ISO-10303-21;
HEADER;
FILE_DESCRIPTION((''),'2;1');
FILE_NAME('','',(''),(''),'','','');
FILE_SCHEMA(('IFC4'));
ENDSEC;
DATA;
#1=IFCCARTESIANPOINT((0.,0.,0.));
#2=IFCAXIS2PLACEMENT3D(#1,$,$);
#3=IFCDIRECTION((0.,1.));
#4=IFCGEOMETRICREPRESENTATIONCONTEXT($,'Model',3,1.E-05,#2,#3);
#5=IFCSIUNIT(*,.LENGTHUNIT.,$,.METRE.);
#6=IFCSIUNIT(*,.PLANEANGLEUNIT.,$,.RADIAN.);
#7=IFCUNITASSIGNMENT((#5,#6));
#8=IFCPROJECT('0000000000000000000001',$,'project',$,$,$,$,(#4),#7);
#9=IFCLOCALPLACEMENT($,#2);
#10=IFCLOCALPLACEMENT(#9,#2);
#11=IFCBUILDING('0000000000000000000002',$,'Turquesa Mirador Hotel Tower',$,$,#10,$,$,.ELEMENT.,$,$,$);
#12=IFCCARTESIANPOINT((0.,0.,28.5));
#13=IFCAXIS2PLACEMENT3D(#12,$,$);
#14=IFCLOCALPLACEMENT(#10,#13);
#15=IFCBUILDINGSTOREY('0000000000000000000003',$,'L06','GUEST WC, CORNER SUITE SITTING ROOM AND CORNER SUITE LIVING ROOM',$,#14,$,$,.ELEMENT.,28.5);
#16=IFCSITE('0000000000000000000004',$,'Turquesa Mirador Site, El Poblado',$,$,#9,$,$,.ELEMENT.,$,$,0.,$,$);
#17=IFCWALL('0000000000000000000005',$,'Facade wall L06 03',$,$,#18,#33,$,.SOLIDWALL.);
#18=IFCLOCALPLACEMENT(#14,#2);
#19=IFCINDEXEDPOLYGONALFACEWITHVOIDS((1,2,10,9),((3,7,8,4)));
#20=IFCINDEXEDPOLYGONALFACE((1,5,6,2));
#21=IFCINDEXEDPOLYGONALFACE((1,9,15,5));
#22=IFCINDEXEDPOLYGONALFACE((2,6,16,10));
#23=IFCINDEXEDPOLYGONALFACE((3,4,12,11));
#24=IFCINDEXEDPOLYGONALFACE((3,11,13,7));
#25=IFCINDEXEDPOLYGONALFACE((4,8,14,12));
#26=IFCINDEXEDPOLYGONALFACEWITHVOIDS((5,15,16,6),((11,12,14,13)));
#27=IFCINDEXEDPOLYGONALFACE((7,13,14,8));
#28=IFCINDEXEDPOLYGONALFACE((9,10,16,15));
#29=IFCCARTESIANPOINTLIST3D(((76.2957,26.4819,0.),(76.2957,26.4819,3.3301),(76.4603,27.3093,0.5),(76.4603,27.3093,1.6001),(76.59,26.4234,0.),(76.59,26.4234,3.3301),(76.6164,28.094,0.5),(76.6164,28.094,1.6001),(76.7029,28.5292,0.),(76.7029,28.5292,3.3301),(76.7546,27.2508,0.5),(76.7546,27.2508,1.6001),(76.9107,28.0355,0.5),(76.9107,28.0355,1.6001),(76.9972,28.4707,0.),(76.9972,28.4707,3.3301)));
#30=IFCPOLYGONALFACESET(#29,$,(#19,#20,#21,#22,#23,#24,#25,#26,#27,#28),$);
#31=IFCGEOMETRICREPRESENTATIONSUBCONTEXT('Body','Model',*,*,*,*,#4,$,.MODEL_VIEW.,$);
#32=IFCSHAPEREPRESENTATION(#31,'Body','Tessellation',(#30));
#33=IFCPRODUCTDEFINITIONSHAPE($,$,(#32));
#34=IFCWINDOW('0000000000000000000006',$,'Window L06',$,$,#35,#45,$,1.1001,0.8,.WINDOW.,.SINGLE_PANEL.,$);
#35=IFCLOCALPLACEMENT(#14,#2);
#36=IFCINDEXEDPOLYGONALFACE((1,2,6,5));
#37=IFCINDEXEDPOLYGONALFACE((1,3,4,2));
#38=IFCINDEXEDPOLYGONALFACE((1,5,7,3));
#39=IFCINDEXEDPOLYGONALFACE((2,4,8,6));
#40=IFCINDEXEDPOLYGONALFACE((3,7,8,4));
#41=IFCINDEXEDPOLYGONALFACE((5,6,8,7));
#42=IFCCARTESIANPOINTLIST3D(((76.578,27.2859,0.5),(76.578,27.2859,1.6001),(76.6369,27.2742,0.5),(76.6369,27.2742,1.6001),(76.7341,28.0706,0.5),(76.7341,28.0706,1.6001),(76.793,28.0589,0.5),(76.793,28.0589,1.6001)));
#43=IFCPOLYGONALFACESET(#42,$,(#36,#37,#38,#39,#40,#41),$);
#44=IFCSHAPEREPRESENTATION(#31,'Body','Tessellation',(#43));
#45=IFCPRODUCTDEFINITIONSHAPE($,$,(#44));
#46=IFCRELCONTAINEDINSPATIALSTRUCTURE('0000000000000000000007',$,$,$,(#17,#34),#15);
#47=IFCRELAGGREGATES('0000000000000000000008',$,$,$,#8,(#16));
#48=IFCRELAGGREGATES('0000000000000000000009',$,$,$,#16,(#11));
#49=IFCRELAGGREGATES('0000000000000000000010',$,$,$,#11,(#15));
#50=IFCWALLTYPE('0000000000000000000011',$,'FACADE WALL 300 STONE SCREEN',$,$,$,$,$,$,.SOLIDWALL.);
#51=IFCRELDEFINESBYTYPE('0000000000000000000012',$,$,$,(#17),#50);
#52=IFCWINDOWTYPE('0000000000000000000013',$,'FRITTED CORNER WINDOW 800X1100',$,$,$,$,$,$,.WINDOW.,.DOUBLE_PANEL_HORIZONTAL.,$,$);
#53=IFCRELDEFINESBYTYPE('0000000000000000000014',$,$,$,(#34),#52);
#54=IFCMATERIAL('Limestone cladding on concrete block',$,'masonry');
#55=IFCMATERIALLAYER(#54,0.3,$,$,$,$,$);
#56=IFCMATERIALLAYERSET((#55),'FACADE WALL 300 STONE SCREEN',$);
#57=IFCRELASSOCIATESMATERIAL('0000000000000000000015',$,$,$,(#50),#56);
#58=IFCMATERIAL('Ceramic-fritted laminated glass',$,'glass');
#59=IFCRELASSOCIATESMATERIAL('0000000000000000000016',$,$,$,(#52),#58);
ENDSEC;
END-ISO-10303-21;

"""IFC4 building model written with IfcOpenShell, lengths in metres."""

from ifc_helpers import new_model, si_unit, direction, frame, frame_2d, origin, place, context, subcontext, project, spatial, rectangle, extrude, material, layer, layer_set, type_object, element, fill, save


model = new_model("IFC4")

# Units and contexts
model_context = context("Model", 3, precision=1e-05, world=origin(), true_north=direction((0.0, 1.0)))
body_context = subcontext(model_context, "Body", "Model", "MODEL_VIEW")
ifc_project = project(units=[si_unit("LENGTHUNIT", "METRE"), si_unit("PLANEANGLEUNIT", "RADIAN")], contexts=[model_context])

# Site, building, storey
site_placement = place(None, origin())
site = spatial("IfcSite", under=ifc_project, at=site_placement, Name="Turquesa Mirador Site, El Poblado", CompositionType="ELEMENT", RefElevation=0.0)
building_placement = place(site_placement, origin())
building = spatial("IfcBuilding", under=site, at=building_placement, Name="Turquesa Mirador Hotel Tower", CompositionType="ELEMENT")
storey_placement = place(building_placement, frame((0.0, 0.0, 28.5)))
storey = spatial("IfcBuildingStorey", under=building, at=storey_placement, Name="L06", Description="GUEST WC, CORNER SUITE SITTING ROOM AND CORNER SUITE LIVING ROOM", CompositionType="ELEMENT", Elevation=28.5)

# Wall, opening, window
ifc_material_1 = material(Name="Limestone cladding on concrete block", Category="masonry")
ifc_layer = layer(ifc_material_1, 0.3)
ifc_layer_set = layer_set([ifc_layer], Name="FACADE WALL 300 STONE SCREEN")
wall_type = type_object("IfcWallType", Name="FACADE WALL 300 STONE SCREEN", PredefinedType="SOLIDWALL", material=ifc_layer_set)
wall_1_placement = place(storey_placement, frame((76.4429, 26.4526, 0.0), z_axis=(0.0, 0.0, 1.0), x_axis=(0.195081, 0.980787, 0.0)))
wall_1 = element("IfcWall", 1, at=wall_1_placement, inside=storey, type_object=wall_type, Name="Facade wall L06 03", PredefinedType="SOLIDWALL", context=body_context, shape_type="SweptSolid", body=[
    extrude(rectangle(XDim=2.0874, YDim=0.3, at=frame_2d((1.0437, 0.0))), origin(), (0.0, 0.0, 1.0), 3.3301),
])
opening_1_placement = place(wall_1_placement, frame((0.8438, 0.0, 0.5)))
opening_1 = element("IfcOpeningElement", 2, at=opening_1_placement, cuts=wall_1, PredefinedType="OPENING", context=body_context, shape_type="SweptSolid", body=[
    extrude(rectangle(XDim=0.8, YDim=1.1001, at=frame_2d((0.3999, 0.55))), frame((0.0, 0.1599, 0.0), z_axis=(0.0, -1.0, 0.0), x_axis=(1.0, 0.0, 0.0)), (0.0, 0.0, 1.0), 0.3201),
])
ifc_material_2 = material(Name="Ceramic-fritted laminated glass", Category="glass")
window_type_1 = type_object("IfcWindowType", Name="FRITTED CORNER WINDOW 800X1100", PartitioningType="DOUBLE_PANEL_HORIZONTAL", PredefinedType="WINDOW", material=ifc_material_2)
window_1_placement = place(opening_1_placement, origin())
window_1 = element("IfcWindow", 3, at=window_1_placement, inside=storey, type_object=window_type_1, Name="Window L06", OverallHeight=1.1001, OverallWidth=0.8, PartitioningType="SINGLE_PANEL", PredefinedType="WINDOW", context=body_context, shape_type="SweptSolid", body=[
    extrude(rectangle(XDim=0.8, YDim=1.1001, at=frame_2d((0.3999, 0.55))), frame((0.0, 0.03, 0.0), z_axis=(0.0, -1.0, 0.0), x_axis=(1.0, 0.0, 0.0)), (0.0, 0.0, 1.0), 0.0601),
])
fill(opening_1, window_1)

save(model, "model.ifc")
